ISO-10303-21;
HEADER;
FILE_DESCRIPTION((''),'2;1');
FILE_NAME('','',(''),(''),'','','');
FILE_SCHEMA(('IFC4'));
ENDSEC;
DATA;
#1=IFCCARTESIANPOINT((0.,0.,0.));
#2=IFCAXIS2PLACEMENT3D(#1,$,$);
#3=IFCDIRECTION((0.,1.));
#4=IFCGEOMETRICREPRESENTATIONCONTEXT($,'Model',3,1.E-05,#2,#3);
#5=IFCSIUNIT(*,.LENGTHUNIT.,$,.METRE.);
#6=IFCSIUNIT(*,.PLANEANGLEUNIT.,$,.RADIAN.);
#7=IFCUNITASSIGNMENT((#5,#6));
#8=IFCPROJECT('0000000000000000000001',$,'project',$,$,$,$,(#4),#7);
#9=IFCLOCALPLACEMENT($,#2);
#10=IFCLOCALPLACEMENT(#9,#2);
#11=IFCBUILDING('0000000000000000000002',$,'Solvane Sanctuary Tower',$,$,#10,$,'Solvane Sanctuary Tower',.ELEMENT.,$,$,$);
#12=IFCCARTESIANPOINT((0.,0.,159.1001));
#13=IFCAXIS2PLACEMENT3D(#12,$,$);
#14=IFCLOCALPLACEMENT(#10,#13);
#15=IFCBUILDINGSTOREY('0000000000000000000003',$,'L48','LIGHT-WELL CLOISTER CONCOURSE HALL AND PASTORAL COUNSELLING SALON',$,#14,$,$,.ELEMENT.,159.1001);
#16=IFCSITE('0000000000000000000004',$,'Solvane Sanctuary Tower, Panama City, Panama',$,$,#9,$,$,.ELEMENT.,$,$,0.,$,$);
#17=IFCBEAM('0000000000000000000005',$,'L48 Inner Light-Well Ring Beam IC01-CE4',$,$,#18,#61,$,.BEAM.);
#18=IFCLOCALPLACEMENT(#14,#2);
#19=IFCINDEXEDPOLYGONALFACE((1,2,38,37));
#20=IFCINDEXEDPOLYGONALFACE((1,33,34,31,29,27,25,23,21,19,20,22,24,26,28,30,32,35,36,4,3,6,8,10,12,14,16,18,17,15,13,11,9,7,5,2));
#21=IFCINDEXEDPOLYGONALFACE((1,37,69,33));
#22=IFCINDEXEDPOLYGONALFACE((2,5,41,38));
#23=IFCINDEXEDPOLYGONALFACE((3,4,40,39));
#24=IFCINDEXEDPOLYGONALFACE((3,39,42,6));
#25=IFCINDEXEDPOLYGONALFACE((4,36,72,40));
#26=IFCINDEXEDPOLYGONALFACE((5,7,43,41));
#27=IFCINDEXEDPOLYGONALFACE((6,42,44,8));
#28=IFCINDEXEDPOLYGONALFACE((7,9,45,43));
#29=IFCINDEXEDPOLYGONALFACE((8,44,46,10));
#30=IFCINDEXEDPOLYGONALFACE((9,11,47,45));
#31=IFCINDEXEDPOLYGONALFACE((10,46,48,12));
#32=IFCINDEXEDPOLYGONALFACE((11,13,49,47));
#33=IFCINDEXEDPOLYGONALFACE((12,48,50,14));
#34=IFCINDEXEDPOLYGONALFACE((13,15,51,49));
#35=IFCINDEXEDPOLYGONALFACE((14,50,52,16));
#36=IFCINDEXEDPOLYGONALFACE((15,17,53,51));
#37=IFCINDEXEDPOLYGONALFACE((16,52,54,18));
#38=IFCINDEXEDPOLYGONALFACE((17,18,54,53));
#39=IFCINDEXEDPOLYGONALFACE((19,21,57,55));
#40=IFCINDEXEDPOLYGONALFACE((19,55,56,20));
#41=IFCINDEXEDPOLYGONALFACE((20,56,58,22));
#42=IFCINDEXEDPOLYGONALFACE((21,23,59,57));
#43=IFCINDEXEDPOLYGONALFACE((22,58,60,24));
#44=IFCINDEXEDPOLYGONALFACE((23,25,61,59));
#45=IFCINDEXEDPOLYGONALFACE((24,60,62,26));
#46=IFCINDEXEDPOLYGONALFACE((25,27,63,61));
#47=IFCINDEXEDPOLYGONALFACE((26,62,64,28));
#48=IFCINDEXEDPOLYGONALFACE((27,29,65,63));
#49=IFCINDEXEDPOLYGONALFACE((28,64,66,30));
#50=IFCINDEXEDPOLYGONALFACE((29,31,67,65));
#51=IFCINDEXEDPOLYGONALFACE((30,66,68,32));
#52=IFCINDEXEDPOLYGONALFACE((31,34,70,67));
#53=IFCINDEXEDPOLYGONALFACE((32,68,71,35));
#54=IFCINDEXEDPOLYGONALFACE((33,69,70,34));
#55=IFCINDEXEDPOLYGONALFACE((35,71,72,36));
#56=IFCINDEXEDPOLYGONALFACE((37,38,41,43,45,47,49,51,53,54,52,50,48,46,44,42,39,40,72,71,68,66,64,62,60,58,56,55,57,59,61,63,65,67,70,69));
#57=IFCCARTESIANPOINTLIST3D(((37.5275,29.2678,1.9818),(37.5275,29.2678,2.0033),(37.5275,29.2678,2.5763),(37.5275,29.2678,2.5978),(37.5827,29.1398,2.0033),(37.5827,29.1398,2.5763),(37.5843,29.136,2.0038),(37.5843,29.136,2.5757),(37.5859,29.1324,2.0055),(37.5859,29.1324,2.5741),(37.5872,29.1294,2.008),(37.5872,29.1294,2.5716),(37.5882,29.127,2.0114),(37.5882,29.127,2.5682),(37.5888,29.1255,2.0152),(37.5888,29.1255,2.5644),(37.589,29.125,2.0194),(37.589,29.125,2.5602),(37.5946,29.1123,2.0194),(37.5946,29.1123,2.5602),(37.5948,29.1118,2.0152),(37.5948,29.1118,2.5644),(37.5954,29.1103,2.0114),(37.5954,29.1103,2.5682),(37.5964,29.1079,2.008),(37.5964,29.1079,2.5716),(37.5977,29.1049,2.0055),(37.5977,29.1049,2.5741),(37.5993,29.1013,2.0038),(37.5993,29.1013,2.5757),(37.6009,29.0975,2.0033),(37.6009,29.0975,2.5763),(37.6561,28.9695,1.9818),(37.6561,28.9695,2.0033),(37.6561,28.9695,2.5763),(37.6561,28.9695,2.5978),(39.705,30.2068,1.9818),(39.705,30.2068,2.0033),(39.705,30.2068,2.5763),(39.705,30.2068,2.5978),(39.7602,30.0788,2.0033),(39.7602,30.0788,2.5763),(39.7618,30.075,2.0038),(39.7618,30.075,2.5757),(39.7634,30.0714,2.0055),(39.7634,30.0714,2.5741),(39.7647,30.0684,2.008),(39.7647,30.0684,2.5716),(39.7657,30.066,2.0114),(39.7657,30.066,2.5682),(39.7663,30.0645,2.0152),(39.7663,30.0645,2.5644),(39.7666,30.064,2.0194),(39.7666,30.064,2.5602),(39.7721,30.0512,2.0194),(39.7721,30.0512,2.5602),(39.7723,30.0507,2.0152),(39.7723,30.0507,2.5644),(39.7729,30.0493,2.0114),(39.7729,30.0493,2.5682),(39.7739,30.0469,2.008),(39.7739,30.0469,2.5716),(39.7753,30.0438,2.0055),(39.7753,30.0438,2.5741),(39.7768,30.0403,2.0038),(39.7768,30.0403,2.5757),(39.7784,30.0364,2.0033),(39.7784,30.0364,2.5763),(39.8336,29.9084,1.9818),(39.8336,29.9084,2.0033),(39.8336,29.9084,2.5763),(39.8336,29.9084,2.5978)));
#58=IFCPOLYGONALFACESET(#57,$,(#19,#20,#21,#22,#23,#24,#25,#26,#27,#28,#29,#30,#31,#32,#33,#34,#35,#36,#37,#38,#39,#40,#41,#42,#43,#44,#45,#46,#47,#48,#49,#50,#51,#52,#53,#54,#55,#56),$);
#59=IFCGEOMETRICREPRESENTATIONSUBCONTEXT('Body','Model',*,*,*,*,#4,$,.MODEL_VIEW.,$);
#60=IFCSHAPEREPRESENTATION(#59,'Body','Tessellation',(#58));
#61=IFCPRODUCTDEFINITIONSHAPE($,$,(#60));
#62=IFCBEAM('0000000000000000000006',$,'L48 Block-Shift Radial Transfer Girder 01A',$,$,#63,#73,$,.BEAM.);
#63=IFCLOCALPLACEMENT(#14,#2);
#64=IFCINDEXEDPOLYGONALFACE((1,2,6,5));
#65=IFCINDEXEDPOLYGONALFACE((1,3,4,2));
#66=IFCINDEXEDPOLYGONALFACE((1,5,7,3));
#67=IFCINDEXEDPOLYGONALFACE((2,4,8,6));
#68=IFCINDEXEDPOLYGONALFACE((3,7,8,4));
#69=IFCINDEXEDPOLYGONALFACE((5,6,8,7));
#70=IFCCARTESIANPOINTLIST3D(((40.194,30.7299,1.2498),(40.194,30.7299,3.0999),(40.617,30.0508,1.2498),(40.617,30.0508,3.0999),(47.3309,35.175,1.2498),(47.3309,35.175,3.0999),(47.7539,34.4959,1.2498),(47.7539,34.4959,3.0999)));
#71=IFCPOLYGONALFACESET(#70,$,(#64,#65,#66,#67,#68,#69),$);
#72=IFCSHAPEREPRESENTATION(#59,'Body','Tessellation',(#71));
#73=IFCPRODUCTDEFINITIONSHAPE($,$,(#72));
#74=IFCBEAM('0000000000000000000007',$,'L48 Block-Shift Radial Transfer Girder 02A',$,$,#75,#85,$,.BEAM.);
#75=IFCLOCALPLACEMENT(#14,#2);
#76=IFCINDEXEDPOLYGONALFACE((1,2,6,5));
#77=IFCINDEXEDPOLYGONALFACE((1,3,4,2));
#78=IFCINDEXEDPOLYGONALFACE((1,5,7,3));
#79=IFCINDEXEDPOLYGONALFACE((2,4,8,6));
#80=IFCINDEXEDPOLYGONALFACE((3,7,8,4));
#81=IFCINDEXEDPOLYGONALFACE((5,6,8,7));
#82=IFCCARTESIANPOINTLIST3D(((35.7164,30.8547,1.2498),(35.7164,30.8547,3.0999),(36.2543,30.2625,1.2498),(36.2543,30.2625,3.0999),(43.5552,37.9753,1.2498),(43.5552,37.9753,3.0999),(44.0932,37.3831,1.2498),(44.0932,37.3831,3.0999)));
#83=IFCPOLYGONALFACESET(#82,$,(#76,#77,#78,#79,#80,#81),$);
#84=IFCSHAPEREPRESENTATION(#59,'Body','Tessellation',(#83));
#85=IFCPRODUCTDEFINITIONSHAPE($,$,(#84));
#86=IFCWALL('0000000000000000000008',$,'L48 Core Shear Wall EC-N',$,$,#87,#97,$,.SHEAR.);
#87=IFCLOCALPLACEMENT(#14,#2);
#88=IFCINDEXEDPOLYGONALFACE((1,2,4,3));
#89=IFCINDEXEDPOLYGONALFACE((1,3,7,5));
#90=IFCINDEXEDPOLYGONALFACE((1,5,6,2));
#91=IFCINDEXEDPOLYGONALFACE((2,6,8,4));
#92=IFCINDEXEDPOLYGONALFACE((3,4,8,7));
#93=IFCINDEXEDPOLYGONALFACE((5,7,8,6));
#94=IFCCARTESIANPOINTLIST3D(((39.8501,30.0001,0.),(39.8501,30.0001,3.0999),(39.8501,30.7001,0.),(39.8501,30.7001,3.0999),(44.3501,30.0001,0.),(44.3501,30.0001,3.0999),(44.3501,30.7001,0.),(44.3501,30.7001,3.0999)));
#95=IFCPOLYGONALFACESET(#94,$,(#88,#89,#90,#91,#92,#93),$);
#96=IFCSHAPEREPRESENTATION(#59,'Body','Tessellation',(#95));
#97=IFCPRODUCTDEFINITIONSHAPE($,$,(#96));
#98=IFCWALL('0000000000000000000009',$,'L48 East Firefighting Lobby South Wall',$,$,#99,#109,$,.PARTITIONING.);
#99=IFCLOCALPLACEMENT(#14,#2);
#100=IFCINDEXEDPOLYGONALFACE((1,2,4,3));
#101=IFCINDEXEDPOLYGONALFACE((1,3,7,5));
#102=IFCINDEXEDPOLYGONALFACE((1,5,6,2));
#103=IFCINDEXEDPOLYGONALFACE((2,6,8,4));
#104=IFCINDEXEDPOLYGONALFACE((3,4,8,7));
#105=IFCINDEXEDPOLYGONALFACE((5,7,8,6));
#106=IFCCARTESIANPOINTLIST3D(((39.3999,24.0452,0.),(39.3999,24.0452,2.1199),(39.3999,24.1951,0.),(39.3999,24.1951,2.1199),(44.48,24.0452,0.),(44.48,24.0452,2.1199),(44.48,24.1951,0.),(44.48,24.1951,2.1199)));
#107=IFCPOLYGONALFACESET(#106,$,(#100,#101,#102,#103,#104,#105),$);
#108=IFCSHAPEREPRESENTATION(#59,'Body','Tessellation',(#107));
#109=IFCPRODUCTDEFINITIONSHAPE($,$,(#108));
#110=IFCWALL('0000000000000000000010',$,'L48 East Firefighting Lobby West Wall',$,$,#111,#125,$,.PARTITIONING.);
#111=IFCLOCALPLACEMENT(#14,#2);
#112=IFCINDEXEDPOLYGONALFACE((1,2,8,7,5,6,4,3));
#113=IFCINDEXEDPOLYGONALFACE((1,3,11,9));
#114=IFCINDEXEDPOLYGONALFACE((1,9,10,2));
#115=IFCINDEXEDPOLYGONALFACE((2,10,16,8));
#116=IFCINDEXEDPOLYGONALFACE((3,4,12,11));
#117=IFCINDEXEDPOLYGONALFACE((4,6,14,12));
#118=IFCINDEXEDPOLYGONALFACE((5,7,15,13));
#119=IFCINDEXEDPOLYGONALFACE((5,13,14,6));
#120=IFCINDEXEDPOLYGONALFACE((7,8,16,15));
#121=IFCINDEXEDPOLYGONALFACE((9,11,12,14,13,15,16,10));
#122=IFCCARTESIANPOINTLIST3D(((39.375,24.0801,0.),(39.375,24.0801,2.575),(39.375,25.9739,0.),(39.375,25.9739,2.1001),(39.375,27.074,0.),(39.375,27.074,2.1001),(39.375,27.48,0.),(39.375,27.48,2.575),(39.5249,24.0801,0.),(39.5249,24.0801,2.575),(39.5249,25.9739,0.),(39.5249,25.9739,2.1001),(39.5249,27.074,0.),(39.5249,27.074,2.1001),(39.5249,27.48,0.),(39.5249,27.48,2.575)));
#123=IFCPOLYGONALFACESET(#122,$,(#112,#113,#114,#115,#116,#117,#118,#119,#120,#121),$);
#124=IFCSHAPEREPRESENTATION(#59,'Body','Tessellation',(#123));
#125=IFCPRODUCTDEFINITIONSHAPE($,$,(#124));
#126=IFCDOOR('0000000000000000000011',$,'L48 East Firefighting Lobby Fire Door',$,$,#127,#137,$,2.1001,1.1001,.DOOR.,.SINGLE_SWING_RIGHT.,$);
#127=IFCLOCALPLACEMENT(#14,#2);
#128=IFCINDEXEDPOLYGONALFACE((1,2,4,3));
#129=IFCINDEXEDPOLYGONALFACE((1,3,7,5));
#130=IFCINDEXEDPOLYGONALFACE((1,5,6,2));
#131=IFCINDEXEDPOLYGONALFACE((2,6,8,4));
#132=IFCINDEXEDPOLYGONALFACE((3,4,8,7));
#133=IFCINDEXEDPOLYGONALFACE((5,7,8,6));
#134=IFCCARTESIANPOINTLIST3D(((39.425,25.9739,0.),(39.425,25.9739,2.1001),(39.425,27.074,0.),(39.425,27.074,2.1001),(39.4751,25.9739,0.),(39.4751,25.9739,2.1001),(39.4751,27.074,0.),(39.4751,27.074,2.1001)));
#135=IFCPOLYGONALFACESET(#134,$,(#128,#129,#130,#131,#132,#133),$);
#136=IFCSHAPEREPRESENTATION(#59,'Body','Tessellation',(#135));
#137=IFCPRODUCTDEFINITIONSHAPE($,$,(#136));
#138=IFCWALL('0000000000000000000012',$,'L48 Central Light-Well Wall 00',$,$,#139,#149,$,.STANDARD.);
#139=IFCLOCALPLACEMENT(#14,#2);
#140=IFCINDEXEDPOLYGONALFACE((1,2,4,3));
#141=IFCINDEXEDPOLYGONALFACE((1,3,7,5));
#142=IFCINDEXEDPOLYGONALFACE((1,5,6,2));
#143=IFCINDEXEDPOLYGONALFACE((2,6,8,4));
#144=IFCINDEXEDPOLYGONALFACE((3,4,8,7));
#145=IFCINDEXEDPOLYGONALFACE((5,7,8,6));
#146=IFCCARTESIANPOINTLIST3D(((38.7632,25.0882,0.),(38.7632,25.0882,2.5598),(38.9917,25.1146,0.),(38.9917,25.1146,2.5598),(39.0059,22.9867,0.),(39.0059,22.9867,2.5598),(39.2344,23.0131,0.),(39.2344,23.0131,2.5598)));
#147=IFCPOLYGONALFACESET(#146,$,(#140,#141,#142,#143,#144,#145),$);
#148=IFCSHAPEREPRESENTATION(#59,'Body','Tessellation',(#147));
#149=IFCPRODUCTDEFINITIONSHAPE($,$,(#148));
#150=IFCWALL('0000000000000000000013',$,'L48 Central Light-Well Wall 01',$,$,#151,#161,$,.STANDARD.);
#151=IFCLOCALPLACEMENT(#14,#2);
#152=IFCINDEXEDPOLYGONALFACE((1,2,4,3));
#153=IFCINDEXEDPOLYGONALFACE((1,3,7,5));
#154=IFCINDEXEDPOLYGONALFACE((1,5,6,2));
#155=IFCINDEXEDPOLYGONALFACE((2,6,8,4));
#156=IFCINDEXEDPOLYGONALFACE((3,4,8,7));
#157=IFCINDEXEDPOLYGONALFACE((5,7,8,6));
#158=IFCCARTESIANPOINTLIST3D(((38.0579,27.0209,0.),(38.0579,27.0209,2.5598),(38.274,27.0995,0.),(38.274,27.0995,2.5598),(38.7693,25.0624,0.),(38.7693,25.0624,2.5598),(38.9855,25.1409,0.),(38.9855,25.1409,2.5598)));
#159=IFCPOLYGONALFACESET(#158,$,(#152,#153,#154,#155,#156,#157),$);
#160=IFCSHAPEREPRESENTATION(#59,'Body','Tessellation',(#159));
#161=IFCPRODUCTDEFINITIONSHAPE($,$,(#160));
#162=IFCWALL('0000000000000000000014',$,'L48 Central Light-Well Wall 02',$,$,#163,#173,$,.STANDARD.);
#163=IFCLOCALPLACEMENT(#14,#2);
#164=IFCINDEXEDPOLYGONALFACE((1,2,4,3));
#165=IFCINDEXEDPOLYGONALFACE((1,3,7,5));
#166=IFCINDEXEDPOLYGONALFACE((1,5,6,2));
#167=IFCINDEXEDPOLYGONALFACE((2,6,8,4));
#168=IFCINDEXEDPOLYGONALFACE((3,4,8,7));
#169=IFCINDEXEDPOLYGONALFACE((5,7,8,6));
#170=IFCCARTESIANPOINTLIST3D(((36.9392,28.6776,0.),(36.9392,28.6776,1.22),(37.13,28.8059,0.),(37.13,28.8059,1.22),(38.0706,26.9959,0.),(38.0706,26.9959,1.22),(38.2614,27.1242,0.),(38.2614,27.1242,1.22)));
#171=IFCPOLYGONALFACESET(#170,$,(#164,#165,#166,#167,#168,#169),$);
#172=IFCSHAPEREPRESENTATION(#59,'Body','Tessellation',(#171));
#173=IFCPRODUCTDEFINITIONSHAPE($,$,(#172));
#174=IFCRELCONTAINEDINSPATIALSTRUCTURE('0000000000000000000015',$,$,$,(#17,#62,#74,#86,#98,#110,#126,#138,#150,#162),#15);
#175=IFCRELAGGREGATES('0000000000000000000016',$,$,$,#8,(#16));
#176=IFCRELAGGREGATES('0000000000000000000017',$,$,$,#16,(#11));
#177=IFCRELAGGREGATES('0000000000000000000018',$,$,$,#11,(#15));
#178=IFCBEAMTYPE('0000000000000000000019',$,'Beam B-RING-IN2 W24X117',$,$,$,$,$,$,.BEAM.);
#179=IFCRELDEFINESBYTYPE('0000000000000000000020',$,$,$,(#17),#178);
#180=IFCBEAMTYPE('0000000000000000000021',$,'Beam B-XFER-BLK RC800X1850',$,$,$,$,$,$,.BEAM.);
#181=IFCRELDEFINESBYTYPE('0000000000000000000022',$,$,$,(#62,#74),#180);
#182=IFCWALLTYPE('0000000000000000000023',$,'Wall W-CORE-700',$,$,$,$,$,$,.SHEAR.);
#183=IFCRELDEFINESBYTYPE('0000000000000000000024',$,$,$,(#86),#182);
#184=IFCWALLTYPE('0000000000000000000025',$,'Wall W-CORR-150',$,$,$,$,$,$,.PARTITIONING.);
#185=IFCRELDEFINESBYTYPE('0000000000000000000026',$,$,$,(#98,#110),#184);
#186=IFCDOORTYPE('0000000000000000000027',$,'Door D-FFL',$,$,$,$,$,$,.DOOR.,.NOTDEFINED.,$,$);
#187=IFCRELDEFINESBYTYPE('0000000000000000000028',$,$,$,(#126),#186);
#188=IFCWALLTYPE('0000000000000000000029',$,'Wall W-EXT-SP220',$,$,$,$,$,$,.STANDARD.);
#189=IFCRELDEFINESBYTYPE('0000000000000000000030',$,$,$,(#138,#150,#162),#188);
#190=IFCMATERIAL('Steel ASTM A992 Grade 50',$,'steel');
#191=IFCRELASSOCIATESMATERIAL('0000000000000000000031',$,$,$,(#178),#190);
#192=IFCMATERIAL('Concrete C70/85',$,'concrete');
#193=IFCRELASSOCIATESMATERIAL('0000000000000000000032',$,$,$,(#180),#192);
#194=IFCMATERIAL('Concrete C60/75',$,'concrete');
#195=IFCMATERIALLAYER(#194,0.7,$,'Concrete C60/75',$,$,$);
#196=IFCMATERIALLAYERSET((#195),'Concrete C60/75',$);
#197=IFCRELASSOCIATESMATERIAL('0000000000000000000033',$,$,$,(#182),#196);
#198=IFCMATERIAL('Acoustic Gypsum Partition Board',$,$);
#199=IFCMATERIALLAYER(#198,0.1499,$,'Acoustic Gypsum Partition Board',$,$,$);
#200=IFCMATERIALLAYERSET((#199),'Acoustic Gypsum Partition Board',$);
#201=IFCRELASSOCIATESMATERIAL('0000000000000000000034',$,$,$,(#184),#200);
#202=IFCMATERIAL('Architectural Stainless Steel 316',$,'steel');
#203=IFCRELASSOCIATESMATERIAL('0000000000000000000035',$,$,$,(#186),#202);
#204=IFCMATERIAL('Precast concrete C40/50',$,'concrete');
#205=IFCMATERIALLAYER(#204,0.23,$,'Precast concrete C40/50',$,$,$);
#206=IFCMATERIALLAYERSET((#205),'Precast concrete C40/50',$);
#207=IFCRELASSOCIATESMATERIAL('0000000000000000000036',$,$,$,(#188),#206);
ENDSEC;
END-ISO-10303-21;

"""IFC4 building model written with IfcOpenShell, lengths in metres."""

from ifc_helpers import new_model, si_unit, direction, frame, frame_2d, origin, origin_2d, place, context, subcontext, project, spatial, rectangle, i_section, extrude, material, layer, layer_set, material_profile, profile_set, type_object, element, fill, save


model = new_model("IFC4")

# Units and contexts
model_context = context("Model", 3, precision=1e-05, world=origin(), true_north=direction((0.0, 1.0)))
body_context = subcontext(model_context, "Body", "Model", "MODEL_VIEW")
ifc_project = project(units=[si_unit("LENGTHUNIT", "METRE"), si_unit("PLANEANGLEUNIT", "RADIAN")], contexts=[model_context])

# Site, building, storey
site_placement = place(None, origin())
site = spatial("IfcSite", under=ifc_project, at=site_placement, Name="Solvane Sanctuary Tower, Panama City, Panama", CompositionType="ELEMENT", RefElevation=0.0)
building_placement = place(site_placement, origin())
building = spatial("IfcBuilding", under=site, at=building_placement, Name="Solvane Sanctuary Tower", LongName="Solvane Sanctuary Tower", CompositionType="ELEMENT")
storey_placement = place(building_placement, frame((0.0, 0.0, 159.1001)))
storey = spatial("IfcBuildingStorey", under=building, at=storey_placement, Name="L48", Description="LIGHT-WELL CLOISTER CONCOURSE HALL AND PASTORAL COUNSELLING SALON", CompositionType="ELEMENT", Elevation=159.1001)

# Shared definitions
ifc_material_1 = material(Name="Concrete C70/85", Category="concrete")

# Beams
ifc_material_2 = material(Name="Steel ASTM A992 Grade 50", Category="steel")
ifc_material_profile_1 = material_profile(ifc_material_2, i_section(OverallWidth=0.325, OverallDepth=0.616, WebThickness=0.0139, FlangeThickness=0.0215, FilletRadius=0.0161, at=origin_2d()), Name="W24X117")
ifc_profile_set_1 = profile_set([ifc_material_profile_1], Name="Steel ASTM A992 Grade 50")
beam_type_1 = type_object("IfcBeamType", Name="Beam B-RING-IN2 W24X117", PredefinedType="BEAM", material=ifc_profile_set_1)
beam_1_placement = place(storey_placement, frame((37.5918, 29.1187, 2.2898), z_axis=(0.918264, 0.395969, 0.0), x_axis=(-0.395969, 0.918264, 0.0)))
element("IfcBeam", 1, at=beam_1_placement, inside=storey, type_object=beam_type_1, Name="L48 Inner Light-Well Ring Beam IC01-CE4", PredefinedType="BEAM", context=body_context, shape_type="SweptSolid", body=[
    extrude(i_section(OverallWidth=0.325, OverallDepth=0.616, WebThickness=0.0139, FlangeThickness=0.0215, FilletRadius=0.0161, at=origin_2d()), origin(), (0.0, 0.0, 1.0), 2.3713),
])
ifc_material_profile_2 = material_profile(ifc_material_1, rectangle(XDim=0.8, YDim=1.8501, at=origin_2d()), Name="RC800X1850")
ifc_profile_set_2 = profile_set([ifc_material_profile_2], Name="Concrete C70/85")
beam_type_2 = type_object("IfcBeamType", Name="Beam B-XFER-BLK RC800X1850", PredefinedType="BEAM", material=ifc_profile_set_2)
beam_2_placement = place(storey_placement, frame((40.4055, 30.3904, 2.1748), z_axis=(0.848828, 0.52867, 0.0), x_axis=(-0.52867, 0.848828, 0.0)))
element("IfcBeam", 2, at=beam_2_placement, inside=storey, type_object=beam_type_2, Name="L48 Block-Shift Radial Transfer Girder 01A", PredefinedType="BEAM", context=body_context, shape_type="SweptSolid", body=[
    extrude(rectangle(XDim=0.8, YDim=1.8501, at=origin_2d()), origin(), (0.0, 0.0, 1.0), 8.408),
])
beam_3_placement = place(storey_placement, frame((35.9854, 30.5586, 2.1748), z_axis=(0.740205, 0.672381, 0.0), x_axis=(-0.672381, 0.740205, 0.0)))
element("IfcBeam", 3, at=beam_3_placement, inside=storey, type_object=beam_type_2, Name="L48 Block-Shift Radial Transfer Girder 02A", PredefinedType="BEAM", context=body_context, shape_type="SweptSolid", body=[
    extrude(rectangle(XDim=0.8, YDim=1.8501, at=origin_2d()), origin(), (0.0, 0.0, 1.0), 10.5901),
])

# Walls
ifc_material_3 = material(Name="Concrete C60/75", Category="concrete")
ifc_layer_1 = layer(ifc_material_3, 0.7, Name="Concrete C60/75")
ifc_layer_set_1 = layer_set([ifc_layer_1], Name="Concrete C60/75")
wall_type_1 = type_object("IfcWallType", Name="Wall W-CORE-700", PredefinedType="SHEAR", material=ifc_layer_set_1)
wall_1_placement = place(storey_placement, frame((39.8501, 30.3501, 0.0), z_axis=(0.0, 0.0, 1.0), x_axis=(1.0, 0.0, 0.0)))
element("IfcWall", 4, at=wall_1_placement, inside=storey, type_object=wall_type_1, Name="L48 Core Shear Wall EC-N", PredefinedType="SHEAR", context=body_context, shape_type="SweptSolid", body=[
    extrude(rectangle(XDim=4.5, YDim=0.7, at=frame_2d((2.25, 0.0))), origin(), (0.0, 0.0, 1.0), 3.0999),
])
ifc_material_4 = material(Name="Acoustic Gypsum Partition Board")
ifc_layer_2 = layer(ifc_material_4, 0.1499, Name="Acoustic Gypsum Partition Board")
ifc_layer_set_2 = layer_set([ifc_layer_2], Name="Acoustic Gypsum Partition Board")
wall_type_2 = type_object("IfcWallType", Name="Wall W-CORR-150", PredefinedType="PARTITIONING", material=ifc_layer_set_2)
wall_2_placement = place(storey_placement, frame((39.3999, 24.1201, 0.0), z_axis=(0.0, 0.0, 1.0), x_axis=(1.0, 0.0, 0.0)))
element("IfcWall", 5, at=wall_2_placement, inside=storey, type_object=wall_type_2, Name="L48 East Firefighting Lobby South Wall", PredefinedType="PARTITIONING", context=body_context, shape_type="SweptSolid", body=[
    extrude(rectangle(XDim=5.0801, YDim=0.1499, at=frame_2d((2.54, 0.0))), origin(), (0.0, 0.0, 1.0), 2.1199),
])

# Wall, opening, door
wall_3_placement = place(storey_placement, frame((39.45, 24.0801, 0.0), z_axis=(0.0, 0.0, 1.0), x_axis=(0.0, 1.0, 0.0)))
wall_3 = element("IfcWall", 6, at=wall_3_placement, inside=storey, type_object=wall_type_2, Name="L48 East Firefighting Lobby West Wall", PredefinedType="PARTITIONING", context=body_context, shape_type="SweptSolid", body=[
    extrude(rectangle(XDim=3.3999, YDim=0.1499, at=frame_2d((1.7, 0.0))), origin(), (0.0, 0.0, 1.0), 2.575),
])
opening_placement = place(wall_3_placement, frame((1.8938, 0.0, 0.0)))
opening = element("IfcOpeningElement", 7, at=opening_placement, cuts=wall_3, PredefinedType="OPENING", context=body_context, shape_type="SweptSolid", body=[
    extrude(rectangle(XDim=1.1001, YDim=2.1001, at=frame_2d((0.55, 1.05))), frame((0.0, 0.085, 0.0), z_axis=(0.0, -1.0, 0.0), x_axis=(1.0, 0.0, 0.0)), (0.0, 0.0, 1.0), 0.1699),
])
ifc_material_5 = material(Name="Architectural Stainless Steel 316", Category="steel")
door_type = type_object("IfcDoorType", Name="Door D-FFL", OperationType="NOTDEFINED", PredefinedType="DOOR", material=ifc_material_5)
door_placement = place(opening_placement, origin())
door = element("IfcDoor", 8, at=door_placement, inside=storey, type_object=door_type, Name="L48 East Firefighting Lobby Fire Door", OperationType="SINGLE_SWING_RIGHT", OverallHeight=2.1001, OverallWidth=1.1001, PredefinedType="DOOR", context=body_context, shape_type="SweptSolid", body=[
    extrude(rectangle(XDim=1.1001, YDim=2.1001, at=frame_2d((0.55, 1.05))), frame((0.0, 0.0249, 0.0), z_axis=(0.0, -1.0, 0.0), x_axis=(1.0, 0.0, 0.0)), (0.0, 0.0, 1.0), 0.05),
])
fill(opening, door)

# Walls
ifc_material_6 = material(Name="Precast concrete C40/50", Category="concrete")
ifc_layer_3 = layer(ifc_material_6, 0.23, Name="Precast concrete C40/50")
ifc_layer_set_3 = layer_set([ifc_layer_3], Name="Precast concrete C40/50")
wall_type_3 = type_object("IfcWallType", Name="Wall W-EXT-SP220", PredefinedType="STANDARD", material=ifc_layer_set_3)
wall_4_placement = place(storey_placement, frame((39.1201, 23.0, 0.0), z_axis=(0.0, 0.0, 1.0), x_axis=(-0.114712, 0.993399, 0.0)))
element("IfcWall", 9, at=wall_4_placement, inside=storey, type_object=wall_type_3, Name="L48 Central Light-Well Wall 00", PredefinedType="STANDARD", context=body_context, shape_type="SweptSolid", body=[
    extrude(rectangle(XDim=2.1155, YDim=0.23, at=frame_2d((1.0576, 0.0))), origin(), (0.0, 0.0, 1.0), 2.5598),
])
wall_5_placement = place(storey_placement, frame((38.8774, 25.1016, 0.0), z_axis=(0.0, 0.0, 1.0), x_axis=(-0.341423, 0.93991, 0.0)))
element("IfcWall", 10, at=wall_5_placement, inside=storey, type_object=wall_type_3, Name="L48 Central Light-Well Wall 01", PredefinedType="STANDARD", context=body_context, shape_type="SweptSolid", body=[
    extrude(rectangle(XDim=2.0837, YDim=0.23, at=frame_2d((1.042, 0.0))), origin(), (0.0, 0.0, 1.0), 2.5598),
])
wall_6_placement = place(storey_placement, frame((38.166, 27.0601, 0.0), z_axis=(0.0, 0.0, 1.0), x_axis=(-0.558198, 0.829708, 0.0)))
element("IfcWall", 11, at=wall_6_placement, inside=storey, type_object=wall_type_3, Name="L48 Central Light-Well Wall 02", PredefinedType="STANDARD", context=body_context, shape_type="SweptSolid", body=[
    extrude(rectangle(XDim=2.0269, YDim=0.23, at=frame_2d((1.0134, 0.0))), origin(), (0.0, 0.0, 1.0), 1.22),
])

save(model, "model.ifc")
